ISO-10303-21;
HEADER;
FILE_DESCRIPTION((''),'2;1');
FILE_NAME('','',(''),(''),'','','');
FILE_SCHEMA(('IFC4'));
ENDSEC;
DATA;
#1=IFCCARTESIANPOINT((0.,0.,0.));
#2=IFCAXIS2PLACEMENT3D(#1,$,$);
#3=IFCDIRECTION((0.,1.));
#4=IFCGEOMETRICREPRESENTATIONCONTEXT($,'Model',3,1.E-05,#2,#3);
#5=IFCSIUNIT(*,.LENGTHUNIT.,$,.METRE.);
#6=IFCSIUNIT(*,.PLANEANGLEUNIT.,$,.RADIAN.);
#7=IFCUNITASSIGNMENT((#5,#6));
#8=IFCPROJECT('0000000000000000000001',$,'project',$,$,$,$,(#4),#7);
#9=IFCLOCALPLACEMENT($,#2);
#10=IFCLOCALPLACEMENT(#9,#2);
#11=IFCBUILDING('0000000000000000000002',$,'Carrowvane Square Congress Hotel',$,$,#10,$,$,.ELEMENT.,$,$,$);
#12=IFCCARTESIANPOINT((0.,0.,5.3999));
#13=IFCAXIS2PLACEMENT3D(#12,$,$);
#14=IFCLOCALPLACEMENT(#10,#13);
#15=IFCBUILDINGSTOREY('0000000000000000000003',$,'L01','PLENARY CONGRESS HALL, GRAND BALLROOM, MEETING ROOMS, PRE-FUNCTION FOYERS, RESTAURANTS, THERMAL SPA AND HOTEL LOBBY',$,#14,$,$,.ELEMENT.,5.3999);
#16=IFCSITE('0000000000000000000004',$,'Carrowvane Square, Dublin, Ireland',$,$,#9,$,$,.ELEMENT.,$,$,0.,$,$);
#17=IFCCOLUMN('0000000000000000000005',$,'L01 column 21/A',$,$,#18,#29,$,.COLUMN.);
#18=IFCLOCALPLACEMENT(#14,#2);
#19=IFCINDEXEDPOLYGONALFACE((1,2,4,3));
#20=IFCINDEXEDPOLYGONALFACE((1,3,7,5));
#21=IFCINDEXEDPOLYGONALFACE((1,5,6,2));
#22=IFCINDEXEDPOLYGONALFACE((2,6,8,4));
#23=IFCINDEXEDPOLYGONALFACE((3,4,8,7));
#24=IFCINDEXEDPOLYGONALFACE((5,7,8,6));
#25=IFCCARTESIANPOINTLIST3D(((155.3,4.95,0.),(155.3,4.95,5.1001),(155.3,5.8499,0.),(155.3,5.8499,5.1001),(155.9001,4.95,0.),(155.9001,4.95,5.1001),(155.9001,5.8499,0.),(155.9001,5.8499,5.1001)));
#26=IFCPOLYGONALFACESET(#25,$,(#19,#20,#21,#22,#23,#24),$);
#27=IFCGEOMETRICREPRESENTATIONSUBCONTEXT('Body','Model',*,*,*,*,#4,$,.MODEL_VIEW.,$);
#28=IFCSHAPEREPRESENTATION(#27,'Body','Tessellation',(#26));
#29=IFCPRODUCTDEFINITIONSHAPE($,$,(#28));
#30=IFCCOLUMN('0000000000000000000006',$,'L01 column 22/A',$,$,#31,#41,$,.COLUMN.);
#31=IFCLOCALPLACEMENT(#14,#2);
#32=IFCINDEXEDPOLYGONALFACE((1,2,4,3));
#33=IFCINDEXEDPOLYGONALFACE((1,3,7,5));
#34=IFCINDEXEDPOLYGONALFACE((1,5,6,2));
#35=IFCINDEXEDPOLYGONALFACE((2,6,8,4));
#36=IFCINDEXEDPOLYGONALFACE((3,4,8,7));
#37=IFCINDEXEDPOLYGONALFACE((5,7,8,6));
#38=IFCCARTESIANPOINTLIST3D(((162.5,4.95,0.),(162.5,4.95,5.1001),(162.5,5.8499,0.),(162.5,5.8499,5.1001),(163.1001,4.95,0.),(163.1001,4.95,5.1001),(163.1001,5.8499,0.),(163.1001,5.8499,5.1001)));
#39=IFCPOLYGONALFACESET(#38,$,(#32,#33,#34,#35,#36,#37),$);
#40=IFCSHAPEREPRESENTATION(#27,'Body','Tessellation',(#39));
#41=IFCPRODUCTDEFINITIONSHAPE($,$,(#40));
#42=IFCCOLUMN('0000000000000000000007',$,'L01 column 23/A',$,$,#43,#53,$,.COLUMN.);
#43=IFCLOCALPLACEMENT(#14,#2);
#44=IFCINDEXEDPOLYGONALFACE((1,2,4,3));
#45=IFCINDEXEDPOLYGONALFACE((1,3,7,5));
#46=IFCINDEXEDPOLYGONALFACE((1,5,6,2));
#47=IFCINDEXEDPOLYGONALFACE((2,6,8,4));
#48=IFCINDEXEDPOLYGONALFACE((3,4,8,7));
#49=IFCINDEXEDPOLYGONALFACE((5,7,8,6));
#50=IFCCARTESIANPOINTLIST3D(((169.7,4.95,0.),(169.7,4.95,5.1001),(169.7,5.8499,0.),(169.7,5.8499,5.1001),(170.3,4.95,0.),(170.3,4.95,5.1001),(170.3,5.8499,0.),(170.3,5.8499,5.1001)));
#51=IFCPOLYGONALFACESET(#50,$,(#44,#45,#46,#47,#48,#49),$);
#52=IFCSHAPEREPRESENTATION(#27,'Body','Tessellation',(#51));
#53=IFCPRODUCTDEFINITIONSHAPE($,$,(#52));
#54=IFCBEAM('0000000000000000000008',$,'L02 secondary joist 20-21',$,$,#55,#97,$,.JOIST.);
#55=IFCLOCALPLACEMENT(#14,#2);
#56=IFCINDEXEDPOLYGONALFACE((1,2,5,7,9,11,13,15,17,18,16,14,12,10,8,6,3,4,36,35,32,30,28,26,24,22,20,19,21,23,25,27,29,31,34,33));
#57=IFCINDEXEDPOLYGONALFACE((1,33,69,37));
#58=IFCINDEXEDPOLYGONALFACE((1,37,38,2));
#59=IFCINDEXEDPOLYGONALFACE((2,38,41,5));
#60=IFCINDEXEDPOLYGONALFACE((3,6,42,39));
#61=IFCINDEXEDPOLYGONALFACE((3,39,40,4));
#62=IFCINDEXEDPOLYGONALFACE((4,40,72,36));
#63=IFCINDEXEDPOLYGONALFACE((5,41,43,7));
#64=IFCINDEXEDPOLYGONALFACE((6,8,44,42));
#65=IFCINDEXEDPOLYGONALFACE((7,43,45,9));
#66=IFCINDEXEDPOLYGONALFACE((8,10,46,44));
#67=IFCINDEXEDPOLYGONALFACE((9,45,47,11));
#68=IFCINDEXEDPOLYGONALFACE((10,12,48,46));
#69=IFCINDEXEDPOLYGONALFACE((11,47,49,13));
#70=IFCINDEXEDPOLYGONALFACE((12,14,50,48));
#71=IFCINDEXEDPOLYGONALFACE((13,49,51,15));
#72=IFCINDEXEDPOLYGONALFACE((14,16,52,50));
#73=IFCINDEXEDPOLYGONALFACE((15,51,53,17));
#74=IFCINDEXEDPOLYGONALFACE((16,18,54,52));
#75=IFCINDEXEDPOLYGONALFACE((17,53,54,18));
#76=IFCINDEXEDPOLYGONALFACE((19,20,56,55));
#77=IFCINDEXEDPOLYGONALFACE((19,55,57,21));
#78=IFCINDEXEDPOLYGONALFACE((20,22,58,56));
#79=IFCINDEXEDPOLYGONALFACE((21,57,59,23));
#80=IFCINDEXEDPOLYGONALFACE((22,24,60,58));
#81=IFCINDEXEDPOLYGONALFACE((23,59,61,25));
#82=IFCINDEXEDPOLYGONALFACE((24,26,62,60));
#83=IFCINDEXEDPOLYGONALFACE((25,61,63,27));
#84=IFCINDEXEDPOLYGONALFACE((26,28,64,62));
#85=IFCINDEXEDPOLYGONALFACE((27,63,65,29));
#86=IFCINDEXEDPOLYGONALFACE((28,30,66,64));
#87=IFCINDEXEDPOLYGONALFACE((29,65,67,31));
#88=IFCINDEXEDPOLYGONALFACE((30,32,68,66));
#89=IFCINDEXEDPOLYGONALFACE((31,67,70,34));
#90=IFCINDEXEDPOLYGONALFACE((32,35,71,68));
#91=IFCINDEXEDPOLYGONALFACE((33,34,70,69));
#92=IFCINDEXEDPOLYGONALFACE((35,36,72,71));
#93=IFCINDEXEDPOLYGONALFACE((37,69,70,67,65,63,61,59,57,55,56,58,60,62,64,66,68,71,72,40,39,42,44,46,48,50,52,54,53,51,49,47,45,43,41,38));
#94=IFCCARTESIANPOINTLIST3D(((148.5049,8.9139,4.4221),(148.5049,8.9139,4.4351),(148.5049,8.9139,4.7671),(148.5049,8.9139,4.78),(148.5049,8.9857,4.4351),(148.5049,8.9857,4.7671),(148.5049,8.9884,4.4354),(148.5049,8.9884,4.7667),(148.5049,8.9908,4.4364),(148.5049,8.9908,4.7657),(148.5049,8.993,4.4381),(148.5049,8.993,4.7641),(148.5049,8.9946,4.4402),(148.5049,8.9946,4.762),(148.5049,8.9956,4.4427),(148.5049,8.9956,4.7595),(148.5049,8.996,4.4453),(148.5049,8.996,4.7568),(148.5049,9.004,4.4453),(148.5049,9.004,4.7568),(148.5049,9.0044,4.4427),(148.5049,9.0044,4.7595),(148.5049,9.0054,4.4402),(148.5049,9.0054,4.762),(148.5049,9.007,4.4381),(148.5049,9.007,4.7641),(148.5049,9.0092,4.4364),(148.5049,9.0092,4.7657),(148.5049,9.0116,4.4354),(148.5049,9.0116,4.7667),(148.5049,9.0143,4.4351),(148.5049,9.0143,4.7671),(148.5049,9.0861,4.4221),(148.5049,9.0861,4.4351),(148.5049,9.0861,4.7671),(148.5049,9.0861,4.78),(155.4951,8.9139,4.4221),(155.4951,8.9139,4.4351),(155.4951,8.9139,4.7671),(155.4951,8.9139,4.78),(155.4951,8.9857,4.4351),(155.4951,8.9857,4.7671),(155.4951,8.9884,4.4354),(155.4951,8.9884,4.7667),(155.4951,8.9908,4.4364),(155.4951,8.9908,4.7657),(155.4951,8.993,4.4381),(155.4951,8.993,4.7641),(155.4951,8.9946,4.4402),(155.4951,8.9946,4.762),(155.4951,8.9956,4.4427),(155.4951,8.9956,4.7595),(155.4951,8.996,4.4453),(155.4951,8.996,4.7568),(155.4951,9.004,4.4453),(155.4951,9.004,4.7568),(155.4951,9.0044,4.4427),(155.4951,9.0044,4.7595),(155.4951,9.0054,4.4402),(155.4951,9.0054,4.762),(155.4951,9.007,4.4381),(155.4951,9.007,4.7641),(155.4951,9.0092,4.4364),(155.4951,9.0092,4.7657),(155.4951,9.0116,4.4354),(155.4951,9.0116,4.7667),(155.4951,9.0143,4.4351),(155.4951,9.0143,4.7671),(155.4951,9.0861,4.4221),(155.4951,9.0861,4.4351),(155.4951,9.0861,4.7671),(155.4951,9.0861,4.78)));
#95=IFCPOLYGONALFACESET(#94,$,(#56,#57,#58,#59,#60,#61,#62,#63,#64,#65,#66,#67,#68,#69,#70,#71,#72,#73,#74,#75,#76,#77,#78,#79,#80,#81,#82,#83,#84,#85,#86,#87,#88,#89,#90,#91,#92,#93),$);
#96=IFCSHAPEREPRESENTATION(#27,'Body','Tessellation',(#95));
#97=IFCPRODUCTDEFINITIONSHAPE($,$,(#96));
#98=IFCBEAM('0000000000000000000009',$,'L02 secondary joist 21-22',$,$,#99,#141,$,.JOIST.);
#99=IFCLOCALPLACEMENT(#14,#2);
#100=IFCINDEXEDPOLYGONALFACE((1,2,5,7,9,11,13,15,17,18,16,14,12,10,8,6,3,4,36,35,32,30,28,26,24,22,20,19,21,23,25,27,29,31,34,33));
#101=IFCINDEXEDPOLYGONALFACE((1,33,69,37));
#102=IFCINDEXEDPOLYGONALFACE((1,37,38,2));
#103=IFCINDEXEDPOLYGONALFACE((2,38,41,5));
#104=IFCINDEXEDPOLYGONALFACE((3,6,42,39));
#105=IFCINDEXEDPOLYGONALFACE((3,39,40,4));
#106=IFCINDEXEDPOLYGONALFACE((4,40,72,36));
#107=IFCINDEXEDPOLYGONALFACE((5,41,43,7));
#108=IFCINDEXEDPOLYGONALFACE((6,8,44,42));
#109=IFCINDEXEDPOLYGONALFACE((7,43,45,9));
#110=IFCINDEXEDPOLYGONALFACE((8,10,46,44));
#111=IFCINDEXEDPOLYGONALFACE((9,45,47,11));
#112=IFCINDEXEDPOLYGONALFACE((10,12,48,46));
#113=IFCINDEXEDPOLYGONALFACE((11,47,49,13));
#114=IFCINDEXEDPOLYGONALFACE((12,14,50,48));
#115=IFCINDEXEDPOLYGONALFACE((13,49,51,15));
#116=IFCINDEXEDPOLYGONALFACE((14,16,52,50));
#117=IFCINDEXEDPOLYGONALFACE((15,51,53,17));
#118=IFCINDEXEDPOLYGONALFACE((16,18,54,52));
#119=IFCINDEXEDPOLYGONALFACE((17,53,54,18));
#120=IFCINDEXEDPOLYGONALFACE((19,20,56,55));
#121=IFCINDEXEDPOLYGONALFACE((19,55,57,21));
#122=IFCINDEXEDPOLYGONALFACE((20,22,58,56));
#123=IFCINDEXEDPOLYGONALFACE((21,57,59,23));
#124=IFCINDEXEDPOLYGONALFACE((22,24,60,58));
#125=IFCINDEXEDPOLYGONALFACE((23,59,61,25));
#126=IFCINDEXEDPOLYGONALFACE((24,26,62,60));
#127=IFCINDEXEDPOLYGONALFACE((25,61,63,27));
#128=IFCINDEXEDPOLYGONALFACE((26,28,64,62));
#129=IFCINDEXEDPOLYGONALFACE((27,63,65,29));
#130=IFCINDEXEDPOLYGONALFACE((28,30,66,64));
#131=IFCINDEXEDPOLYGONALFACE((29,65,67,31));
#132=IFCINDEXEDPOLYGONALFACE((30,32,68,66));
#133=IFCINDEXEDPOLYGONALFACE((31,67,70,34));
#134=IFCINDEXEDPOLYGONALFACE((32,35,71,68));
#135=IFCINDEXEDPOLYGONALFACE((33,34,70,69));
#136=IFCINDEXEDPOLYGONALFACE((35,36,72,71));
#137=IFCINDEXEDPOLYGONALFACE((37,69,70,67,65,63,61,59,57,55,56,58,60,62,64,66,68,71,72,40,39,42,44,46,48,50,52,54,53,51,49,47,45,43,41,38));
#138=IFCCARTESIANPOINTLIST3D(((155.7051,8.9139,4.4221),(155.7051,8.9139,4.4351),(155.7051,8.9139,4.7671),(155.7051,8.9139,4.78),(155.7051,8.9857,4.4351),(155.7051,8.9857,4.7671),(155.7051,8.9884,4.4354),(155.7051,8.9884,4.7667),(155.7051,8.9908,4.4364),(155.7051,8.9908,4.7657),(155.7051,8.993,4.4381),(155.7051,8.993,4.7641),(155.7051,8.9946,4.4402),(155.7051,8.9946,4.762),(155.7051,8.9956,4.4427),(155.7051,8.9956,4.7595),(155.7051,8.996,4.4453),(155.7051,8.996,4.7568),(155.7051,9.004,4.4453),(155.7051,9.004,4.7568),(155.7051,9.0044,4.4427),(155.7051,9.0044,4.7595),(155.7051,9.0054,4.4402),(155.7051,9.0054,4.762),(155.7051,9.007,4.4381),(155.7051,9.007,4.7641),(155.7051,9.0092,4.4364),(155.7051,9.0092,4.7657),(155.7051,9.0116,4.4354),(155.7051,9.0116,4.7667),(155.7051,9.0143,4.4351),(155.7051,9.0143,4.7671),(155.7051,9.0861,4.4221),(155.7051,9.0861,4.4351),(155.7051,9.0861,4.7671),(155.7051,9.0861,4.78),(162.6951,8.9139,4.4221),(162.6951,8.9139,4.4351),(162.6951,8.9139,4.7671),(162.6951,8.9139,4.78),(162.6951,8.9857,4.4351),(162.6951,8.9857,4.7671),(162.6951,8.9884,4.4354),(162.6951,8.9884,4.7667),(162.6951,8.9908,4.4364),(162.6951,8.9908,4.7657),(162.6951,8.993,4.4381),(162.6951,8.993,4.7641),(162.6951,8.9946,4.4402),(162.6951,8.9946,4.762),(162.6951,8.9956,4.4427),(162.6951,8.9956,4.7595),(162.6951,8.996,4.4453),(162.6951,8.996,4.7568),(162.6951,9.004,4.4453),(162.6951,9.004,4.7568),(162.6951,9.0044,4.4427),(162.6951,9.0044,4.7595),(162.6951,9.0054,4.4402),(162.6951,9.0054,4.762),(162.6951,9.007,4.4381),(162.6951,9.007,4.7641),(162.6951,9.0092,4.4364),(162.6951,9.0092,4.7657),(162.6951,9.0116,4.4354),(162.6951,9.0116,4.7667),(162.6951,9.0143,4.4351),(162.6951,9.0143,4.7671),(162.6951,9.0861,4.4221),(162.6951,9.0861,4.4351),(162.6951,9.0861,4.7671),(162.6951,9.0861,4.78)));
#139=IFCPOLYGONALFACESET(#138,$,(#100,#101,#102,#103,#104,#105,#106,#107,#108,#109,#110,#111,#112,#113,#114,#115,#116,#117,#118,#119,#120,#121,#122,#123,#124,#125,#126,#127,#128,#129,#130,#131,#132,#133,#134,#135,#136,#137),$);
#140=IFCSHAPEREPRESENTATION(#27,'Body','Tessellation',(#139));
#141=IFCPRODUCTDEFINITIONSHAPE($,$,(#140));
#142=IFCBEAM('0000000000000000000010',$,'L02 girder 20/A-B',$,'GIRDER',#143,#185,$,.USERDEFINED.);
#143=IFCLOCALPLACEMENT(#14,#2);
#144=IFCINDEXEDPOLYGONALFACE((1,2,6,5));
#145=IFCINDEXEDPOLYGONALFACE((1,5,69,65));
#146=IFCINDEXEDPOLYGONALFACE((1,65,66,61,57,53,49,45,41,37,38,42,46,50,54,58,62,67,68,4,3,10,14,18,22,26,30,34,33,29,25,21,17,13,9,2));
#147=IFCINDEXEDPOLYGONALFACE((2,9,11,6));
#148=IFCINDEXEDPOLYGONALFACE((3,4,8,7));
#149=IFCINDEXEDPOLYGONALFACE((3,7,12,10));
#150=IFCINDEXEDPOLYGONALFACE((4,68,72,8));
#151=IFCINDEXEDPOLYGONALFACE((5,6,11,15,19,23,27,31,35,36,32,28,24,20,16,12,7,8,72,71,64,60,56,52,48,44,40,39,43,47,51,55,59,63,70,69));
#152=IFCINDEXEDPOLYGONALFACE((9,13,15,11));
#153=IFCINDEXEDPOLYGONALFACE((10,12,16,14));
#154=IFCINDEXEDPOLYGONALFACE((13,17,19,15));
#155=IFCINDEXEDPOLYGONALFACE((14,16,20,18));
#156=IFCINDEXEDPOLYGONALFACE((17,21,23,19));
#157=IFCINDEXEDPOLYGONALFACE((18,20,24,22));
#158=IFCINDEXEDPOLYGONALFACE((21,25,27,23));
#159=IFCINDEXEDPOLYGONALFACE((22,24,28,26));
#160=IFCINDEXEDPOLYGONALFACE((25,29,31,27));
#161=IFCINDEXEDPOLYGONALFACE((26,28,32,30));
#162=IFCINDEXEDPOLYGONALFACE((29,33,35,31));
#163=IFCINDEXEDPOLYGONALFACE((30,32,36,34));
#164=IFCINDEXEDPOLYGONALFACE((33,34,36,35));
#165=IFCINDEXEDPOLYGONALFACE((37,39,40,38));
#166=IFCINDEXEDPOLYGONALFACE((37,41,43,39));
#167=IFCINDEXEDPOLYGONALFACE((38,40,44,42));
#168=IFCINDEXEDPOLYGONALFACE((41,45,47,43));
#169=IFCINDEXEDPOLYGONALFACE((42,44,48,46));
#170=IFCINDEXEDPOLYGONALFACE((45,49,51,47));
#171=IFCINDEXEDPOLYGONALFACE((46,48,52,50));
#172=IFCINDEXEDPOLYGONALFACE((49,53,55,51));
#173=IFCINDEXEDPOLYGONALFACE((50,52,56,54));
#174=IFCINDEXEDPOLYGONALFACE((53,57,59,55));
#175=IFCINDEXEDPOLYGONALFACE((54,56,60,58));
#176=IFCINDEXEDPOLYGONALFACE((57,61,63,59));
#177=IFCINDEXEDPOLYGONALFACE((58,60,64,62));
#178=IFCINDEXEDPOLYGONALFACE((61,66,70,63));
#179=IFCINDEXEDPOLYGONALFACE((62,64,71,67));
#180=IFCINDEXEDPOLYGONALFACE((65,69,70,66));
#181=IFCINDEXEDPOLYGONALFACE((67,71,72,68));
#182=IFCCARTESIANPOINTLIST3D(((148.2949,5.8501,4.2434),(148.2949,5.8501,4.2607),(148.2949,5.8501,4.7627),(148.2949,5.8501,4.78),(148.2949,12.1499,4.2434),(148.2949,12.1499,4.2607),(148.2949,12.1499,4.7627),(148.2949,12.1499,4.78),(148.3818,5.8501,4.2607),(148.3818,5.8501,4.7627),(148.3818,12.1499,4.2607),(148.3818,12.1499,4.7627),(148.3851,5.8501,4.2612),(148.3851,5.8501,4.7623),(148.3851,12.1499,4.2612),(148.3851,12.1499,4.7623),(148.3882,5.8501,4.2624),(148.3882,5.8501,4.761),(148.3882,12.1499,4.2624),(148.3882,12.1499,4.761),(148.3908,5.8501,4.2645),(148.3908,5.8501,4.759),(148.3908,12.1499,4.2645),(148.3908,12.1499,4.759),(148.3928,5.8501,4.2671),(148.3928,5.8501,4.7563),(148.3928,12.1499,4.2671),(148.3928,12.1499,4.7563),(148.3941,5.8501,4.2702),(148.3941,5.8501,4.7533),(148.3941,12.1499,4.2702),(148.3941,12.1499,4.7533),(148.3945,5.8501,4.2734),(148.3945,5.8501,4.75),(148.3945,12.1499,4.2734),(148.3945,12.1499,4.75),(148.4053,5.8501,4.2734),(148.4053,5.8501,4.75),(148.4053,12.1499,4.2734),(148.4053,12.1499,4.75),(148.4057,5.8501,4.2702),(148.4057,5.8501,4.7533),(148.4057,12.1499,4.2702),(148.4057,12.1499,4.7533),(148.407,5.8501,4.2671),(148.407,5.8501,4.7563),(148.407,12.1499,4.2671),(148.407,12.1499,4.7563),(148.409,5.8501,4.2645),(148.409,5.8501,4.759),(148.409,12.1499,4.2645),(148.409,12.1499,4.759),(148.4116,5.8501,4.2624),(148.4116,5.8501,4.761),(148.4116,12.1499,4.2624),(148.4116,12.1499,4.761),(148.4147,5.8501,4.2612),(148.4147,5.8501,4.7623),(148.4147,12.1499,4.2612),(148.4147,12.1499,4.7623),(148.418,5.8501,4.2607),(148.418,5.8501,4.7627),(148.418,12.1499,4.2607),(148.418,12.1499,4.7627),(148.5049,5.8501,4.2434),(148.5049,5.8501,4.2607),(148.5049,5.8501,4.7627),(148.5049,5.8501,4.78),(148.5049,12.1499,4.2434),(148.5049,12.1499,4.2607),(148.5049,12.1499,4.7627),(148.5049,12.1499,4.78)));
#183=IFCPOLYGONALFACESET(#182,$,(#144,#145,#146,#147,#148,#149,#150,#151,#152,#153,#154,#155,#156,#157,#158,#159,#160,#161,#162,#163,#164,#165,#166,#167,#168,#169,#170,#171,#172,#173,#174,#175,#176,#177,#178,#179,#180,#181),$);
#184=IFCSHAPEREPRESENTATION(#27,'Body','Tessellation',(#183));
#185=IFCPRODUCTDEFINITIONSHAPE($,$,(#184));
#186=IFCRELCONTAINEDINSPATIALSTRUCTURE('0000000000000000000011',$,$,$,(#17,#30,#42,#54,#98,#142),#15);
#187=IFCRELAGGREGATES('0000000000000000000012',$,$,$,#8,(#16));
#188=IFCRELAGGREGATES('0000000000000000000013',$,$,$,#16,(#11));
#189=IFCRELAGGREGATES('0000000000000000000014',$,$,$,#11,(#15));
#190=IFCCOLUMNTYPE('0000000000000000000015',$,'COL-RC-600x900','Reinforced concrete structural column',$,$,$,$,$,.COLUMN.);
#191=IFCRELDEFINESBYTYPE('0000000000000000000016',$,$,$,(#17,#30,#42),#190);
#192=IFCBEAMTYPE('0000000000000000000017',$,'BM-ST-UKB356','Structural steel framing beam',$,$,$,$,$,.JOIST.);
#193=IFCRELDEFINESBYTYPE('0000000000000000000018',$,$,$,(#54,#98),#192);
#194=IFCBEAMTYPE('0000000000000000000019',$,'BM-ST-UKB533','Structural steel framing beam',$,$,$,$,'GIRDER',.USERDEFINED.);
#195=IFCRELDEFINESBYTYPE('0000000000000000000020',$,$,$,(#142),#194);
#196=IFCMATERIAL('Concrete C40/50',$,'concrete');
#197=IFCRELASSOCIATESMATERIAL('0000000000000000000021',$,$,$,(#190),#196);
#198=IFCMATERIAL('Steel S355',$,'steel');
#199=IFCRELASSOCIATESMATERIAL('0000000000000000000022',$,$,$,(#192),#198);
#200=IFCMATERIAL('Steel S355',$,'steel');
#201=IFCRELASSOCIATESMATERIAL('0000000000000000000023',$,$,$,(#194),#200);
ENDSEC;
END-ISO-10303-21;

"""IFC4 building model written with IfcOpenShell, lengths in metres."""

from ifc_helpers import new_model, si_unit, direction, frame, origin, origin_2d, place, context, subcontext, project, spatial, rectangle, i_section, extrude, material, material_profile, profile_set, type_object, element, save


model = new_model("IFC4")

# Units and contexts
model_context = context("Model", 3, precision=1e-05, world=origin(), true_north=direction((0.0, 1.0)))
body_context = subcontext(model_context, "Body", "Model", "MODEL_VIEW")
ifc_project = project(units=[si_unit("LENGTHUNIT", "METRE"), si_unit("PLANEANGLEUNIT", "RADIAN")], contexts=[model_context])

# Site, building, storey
site_placement = place(None, origin())
site = spatial("IfcSite", under=ifc_project, at=site_placement, Name="Carrowvane Square, Dublin, Ireland", CompositionType="ELEMENT", RefElevation=0.0)
building_placement = place(site_placement, origin())
building = spatial("IfcBuilding", under=site, at=building_placement, Name="Carrowvane Square Congress Hotel", CompositionType="ELEMENT")
storey_placement = place(building_placement, frame((0.0, 0.0, 5.3999)))
storey = spatial("IfcBuildingStorey", under=building, at=storey_placement, Name="L01", Description="PLENARY CONGRESS HALL, GRAND BALLROOM, MEETING ROOMS, PRE-FUNCTION FOYERS, RESTAURANTS, THERMAL SPA AND HOTEL LOBBY", CompositionType="ELEMENT", Elevation=5.3999)

# Columns
ifc_material_1 = material(Name="Concrete C40/50", Category="concrete")
ifc_material_profile_1 = material_profile(ifc_material_1, rectangle(XDim=0.6001, YDim=0.8999, at=origin_2d()), Name="RC 600x900")
ifc_profile_set_1 = profile_set([ifc_material_profile_1], Name="Concrete C40/50")
column_type = type_object("IfcColumnType", Name="COL-RC-600x900", Description="Reinforced concrete structural column", PredefinedType="COLUMN", material=ifc_profile_set_1)
for number, where, z_axis, x_axis, name in (
    (1, (155.6001, 5.3999, 0.0), (0.0, 0.0, 1.0), (1.0, 0.0, 0.0), "L01 column 21/A"),
    (2, (162.8, 5.3999, 0.0), (0.0, 0.0, 1.0), (1.0, 0.0, 0.0), "L01 column 22/A"),
    (3, (170.0, 5.3999, 0.0), (0.0, 0.0, 1.0), (1.0, 0.0, 0.0), "L01 column 23/A"),
):
    element("IfcColumn", number, at=place(storey_placement, frame(where, z_axis=z_axis, x_axis=x_axis)), inside=storey, type_object=column_type, Name=name, PredefinedType="COLUMN", context=body_context, shape_type="SweptSolid", body=[
        extrude(rectangle(XDim=0.6001, YDim=0.8999, at=origin_2d()), origin(), (0.0, 0.0, 1.0), 5.1001),
    ])

# Beams
ifc_material_2 = material(Name="Steel S355", Category="steel")
ifc_material_profile_2 = material_profile(ifc_material_2, i_section(OverallWidth=0.1721, OverallDepth=0.3579, WebThickness=0.0081, FlangeThickness=0.0129, FilletRadius=0.0103, at=origin_2d()), Name="UKB 356x171x57")
ifc_profile_set_2 = profile_set([ifc_material_profile_2], Name="Steel S355")
beam_type_1 = type_object("IfcBeamType", Name="BM-ST-UKB356", Description="Structural steel framing beam", PredefinedType="JOIST", material=ifc_profile_set_2)
beam_1_placement = place(storey_placement, frame((148.5049, 9.0, 4.6011), z_axis=(1.0, 0.0, 0.0), x_axis=(0.0, 1.0, 0.0)))
element("IfcBeam", 4, at=beam_1_placement, inside=storey, type_object=beam_type_1, Name="L02 secondary joist 20-21", PredefinedType="JOIST", context=body_context, shape_type="SweptSolid", body=[
    extrude(i_section(OverallWidth=0.1721, OverallDepth=0.3579, WebThickness=0.0081, FlangeThickness=0.0129, FilletRadius=0.0103, at=origin_2d()), origin(), (0.0, 0.0, 1.0), 6.9902),
])
beam_2_placement = place(storey_placement, frame((155.7051, 9.0, 4.6011), z_axis=(1.0, 0.0, 0.0), x_axis=(0.0, 1.0, 0.0)))
element("IfcBeam", 5, at=beam_2_placement, inside=storey, type_object=beam_type_1, Name="L02 secondary joist 21-22", PredefinedType="JOIST", context=body_context, shape_type="SweptSolid", body=[
    extrude(i_section(OverallWidth=0.1721, OverallDepth=0.3579, WebThickness=0.0081, FlangeThickness=0.0129, FilletRadius=0.0103, at=origin_2d()), origin(), (0.0, 0.0, 1.0), 6.99),
])
ifc_material_3 = material(Name="Steel S355", Category="steel")
ifc_material_profile_3 = material_profile(ifc_material_3, i_section(OverallWidth=0.21, OverallDepth=0.5366, WebThickness=0.0107, FlangeThickness=0.0173, FilletRadius=0.0127, at=origin_2d()), Name="UKB 533x210x101")
ifc_profile_set_3 = profile_set([ifc_material_profile_3], Name="Steel S355")
beam_type_2 = type_object("IfcBeamType", Name="BM-ST-UKB533", Description="Structural steel framing beam", ElementType="GIRDER", PredefinedType="USERDEFINED", material=ifc_profile_set_3)
for number, where, z_axis, x_axis, name in (
    (6, (148.3999, 5.8501, 4.5117), (0.0, 1.0, 0.0), (-1.0, 0.0, 0.0), "L02 girder 20/A-B"),
):
    element("IfcBeam", number, at=place(storey_placement, frame(where, z_axis=z_axis, x_axis=x_axis)), inside=storey, type_object=beam_type_2, Name=name, ObjectType="GIRDER", PredefinedType="USERDEFINED", context=body_context, shape_type="SweptSolid", body=[
        extrude(i_section(OverallWidth=0.21, OverallDepth=0.5366, WebThickness=0.0107, FlangeThickness=0.0173, FilletRadius=0.0127, at=origin_2d()), origin(), (0.0, 0.0, 1.0), 6.2998),
    ])

save(model, "model.ifc")
